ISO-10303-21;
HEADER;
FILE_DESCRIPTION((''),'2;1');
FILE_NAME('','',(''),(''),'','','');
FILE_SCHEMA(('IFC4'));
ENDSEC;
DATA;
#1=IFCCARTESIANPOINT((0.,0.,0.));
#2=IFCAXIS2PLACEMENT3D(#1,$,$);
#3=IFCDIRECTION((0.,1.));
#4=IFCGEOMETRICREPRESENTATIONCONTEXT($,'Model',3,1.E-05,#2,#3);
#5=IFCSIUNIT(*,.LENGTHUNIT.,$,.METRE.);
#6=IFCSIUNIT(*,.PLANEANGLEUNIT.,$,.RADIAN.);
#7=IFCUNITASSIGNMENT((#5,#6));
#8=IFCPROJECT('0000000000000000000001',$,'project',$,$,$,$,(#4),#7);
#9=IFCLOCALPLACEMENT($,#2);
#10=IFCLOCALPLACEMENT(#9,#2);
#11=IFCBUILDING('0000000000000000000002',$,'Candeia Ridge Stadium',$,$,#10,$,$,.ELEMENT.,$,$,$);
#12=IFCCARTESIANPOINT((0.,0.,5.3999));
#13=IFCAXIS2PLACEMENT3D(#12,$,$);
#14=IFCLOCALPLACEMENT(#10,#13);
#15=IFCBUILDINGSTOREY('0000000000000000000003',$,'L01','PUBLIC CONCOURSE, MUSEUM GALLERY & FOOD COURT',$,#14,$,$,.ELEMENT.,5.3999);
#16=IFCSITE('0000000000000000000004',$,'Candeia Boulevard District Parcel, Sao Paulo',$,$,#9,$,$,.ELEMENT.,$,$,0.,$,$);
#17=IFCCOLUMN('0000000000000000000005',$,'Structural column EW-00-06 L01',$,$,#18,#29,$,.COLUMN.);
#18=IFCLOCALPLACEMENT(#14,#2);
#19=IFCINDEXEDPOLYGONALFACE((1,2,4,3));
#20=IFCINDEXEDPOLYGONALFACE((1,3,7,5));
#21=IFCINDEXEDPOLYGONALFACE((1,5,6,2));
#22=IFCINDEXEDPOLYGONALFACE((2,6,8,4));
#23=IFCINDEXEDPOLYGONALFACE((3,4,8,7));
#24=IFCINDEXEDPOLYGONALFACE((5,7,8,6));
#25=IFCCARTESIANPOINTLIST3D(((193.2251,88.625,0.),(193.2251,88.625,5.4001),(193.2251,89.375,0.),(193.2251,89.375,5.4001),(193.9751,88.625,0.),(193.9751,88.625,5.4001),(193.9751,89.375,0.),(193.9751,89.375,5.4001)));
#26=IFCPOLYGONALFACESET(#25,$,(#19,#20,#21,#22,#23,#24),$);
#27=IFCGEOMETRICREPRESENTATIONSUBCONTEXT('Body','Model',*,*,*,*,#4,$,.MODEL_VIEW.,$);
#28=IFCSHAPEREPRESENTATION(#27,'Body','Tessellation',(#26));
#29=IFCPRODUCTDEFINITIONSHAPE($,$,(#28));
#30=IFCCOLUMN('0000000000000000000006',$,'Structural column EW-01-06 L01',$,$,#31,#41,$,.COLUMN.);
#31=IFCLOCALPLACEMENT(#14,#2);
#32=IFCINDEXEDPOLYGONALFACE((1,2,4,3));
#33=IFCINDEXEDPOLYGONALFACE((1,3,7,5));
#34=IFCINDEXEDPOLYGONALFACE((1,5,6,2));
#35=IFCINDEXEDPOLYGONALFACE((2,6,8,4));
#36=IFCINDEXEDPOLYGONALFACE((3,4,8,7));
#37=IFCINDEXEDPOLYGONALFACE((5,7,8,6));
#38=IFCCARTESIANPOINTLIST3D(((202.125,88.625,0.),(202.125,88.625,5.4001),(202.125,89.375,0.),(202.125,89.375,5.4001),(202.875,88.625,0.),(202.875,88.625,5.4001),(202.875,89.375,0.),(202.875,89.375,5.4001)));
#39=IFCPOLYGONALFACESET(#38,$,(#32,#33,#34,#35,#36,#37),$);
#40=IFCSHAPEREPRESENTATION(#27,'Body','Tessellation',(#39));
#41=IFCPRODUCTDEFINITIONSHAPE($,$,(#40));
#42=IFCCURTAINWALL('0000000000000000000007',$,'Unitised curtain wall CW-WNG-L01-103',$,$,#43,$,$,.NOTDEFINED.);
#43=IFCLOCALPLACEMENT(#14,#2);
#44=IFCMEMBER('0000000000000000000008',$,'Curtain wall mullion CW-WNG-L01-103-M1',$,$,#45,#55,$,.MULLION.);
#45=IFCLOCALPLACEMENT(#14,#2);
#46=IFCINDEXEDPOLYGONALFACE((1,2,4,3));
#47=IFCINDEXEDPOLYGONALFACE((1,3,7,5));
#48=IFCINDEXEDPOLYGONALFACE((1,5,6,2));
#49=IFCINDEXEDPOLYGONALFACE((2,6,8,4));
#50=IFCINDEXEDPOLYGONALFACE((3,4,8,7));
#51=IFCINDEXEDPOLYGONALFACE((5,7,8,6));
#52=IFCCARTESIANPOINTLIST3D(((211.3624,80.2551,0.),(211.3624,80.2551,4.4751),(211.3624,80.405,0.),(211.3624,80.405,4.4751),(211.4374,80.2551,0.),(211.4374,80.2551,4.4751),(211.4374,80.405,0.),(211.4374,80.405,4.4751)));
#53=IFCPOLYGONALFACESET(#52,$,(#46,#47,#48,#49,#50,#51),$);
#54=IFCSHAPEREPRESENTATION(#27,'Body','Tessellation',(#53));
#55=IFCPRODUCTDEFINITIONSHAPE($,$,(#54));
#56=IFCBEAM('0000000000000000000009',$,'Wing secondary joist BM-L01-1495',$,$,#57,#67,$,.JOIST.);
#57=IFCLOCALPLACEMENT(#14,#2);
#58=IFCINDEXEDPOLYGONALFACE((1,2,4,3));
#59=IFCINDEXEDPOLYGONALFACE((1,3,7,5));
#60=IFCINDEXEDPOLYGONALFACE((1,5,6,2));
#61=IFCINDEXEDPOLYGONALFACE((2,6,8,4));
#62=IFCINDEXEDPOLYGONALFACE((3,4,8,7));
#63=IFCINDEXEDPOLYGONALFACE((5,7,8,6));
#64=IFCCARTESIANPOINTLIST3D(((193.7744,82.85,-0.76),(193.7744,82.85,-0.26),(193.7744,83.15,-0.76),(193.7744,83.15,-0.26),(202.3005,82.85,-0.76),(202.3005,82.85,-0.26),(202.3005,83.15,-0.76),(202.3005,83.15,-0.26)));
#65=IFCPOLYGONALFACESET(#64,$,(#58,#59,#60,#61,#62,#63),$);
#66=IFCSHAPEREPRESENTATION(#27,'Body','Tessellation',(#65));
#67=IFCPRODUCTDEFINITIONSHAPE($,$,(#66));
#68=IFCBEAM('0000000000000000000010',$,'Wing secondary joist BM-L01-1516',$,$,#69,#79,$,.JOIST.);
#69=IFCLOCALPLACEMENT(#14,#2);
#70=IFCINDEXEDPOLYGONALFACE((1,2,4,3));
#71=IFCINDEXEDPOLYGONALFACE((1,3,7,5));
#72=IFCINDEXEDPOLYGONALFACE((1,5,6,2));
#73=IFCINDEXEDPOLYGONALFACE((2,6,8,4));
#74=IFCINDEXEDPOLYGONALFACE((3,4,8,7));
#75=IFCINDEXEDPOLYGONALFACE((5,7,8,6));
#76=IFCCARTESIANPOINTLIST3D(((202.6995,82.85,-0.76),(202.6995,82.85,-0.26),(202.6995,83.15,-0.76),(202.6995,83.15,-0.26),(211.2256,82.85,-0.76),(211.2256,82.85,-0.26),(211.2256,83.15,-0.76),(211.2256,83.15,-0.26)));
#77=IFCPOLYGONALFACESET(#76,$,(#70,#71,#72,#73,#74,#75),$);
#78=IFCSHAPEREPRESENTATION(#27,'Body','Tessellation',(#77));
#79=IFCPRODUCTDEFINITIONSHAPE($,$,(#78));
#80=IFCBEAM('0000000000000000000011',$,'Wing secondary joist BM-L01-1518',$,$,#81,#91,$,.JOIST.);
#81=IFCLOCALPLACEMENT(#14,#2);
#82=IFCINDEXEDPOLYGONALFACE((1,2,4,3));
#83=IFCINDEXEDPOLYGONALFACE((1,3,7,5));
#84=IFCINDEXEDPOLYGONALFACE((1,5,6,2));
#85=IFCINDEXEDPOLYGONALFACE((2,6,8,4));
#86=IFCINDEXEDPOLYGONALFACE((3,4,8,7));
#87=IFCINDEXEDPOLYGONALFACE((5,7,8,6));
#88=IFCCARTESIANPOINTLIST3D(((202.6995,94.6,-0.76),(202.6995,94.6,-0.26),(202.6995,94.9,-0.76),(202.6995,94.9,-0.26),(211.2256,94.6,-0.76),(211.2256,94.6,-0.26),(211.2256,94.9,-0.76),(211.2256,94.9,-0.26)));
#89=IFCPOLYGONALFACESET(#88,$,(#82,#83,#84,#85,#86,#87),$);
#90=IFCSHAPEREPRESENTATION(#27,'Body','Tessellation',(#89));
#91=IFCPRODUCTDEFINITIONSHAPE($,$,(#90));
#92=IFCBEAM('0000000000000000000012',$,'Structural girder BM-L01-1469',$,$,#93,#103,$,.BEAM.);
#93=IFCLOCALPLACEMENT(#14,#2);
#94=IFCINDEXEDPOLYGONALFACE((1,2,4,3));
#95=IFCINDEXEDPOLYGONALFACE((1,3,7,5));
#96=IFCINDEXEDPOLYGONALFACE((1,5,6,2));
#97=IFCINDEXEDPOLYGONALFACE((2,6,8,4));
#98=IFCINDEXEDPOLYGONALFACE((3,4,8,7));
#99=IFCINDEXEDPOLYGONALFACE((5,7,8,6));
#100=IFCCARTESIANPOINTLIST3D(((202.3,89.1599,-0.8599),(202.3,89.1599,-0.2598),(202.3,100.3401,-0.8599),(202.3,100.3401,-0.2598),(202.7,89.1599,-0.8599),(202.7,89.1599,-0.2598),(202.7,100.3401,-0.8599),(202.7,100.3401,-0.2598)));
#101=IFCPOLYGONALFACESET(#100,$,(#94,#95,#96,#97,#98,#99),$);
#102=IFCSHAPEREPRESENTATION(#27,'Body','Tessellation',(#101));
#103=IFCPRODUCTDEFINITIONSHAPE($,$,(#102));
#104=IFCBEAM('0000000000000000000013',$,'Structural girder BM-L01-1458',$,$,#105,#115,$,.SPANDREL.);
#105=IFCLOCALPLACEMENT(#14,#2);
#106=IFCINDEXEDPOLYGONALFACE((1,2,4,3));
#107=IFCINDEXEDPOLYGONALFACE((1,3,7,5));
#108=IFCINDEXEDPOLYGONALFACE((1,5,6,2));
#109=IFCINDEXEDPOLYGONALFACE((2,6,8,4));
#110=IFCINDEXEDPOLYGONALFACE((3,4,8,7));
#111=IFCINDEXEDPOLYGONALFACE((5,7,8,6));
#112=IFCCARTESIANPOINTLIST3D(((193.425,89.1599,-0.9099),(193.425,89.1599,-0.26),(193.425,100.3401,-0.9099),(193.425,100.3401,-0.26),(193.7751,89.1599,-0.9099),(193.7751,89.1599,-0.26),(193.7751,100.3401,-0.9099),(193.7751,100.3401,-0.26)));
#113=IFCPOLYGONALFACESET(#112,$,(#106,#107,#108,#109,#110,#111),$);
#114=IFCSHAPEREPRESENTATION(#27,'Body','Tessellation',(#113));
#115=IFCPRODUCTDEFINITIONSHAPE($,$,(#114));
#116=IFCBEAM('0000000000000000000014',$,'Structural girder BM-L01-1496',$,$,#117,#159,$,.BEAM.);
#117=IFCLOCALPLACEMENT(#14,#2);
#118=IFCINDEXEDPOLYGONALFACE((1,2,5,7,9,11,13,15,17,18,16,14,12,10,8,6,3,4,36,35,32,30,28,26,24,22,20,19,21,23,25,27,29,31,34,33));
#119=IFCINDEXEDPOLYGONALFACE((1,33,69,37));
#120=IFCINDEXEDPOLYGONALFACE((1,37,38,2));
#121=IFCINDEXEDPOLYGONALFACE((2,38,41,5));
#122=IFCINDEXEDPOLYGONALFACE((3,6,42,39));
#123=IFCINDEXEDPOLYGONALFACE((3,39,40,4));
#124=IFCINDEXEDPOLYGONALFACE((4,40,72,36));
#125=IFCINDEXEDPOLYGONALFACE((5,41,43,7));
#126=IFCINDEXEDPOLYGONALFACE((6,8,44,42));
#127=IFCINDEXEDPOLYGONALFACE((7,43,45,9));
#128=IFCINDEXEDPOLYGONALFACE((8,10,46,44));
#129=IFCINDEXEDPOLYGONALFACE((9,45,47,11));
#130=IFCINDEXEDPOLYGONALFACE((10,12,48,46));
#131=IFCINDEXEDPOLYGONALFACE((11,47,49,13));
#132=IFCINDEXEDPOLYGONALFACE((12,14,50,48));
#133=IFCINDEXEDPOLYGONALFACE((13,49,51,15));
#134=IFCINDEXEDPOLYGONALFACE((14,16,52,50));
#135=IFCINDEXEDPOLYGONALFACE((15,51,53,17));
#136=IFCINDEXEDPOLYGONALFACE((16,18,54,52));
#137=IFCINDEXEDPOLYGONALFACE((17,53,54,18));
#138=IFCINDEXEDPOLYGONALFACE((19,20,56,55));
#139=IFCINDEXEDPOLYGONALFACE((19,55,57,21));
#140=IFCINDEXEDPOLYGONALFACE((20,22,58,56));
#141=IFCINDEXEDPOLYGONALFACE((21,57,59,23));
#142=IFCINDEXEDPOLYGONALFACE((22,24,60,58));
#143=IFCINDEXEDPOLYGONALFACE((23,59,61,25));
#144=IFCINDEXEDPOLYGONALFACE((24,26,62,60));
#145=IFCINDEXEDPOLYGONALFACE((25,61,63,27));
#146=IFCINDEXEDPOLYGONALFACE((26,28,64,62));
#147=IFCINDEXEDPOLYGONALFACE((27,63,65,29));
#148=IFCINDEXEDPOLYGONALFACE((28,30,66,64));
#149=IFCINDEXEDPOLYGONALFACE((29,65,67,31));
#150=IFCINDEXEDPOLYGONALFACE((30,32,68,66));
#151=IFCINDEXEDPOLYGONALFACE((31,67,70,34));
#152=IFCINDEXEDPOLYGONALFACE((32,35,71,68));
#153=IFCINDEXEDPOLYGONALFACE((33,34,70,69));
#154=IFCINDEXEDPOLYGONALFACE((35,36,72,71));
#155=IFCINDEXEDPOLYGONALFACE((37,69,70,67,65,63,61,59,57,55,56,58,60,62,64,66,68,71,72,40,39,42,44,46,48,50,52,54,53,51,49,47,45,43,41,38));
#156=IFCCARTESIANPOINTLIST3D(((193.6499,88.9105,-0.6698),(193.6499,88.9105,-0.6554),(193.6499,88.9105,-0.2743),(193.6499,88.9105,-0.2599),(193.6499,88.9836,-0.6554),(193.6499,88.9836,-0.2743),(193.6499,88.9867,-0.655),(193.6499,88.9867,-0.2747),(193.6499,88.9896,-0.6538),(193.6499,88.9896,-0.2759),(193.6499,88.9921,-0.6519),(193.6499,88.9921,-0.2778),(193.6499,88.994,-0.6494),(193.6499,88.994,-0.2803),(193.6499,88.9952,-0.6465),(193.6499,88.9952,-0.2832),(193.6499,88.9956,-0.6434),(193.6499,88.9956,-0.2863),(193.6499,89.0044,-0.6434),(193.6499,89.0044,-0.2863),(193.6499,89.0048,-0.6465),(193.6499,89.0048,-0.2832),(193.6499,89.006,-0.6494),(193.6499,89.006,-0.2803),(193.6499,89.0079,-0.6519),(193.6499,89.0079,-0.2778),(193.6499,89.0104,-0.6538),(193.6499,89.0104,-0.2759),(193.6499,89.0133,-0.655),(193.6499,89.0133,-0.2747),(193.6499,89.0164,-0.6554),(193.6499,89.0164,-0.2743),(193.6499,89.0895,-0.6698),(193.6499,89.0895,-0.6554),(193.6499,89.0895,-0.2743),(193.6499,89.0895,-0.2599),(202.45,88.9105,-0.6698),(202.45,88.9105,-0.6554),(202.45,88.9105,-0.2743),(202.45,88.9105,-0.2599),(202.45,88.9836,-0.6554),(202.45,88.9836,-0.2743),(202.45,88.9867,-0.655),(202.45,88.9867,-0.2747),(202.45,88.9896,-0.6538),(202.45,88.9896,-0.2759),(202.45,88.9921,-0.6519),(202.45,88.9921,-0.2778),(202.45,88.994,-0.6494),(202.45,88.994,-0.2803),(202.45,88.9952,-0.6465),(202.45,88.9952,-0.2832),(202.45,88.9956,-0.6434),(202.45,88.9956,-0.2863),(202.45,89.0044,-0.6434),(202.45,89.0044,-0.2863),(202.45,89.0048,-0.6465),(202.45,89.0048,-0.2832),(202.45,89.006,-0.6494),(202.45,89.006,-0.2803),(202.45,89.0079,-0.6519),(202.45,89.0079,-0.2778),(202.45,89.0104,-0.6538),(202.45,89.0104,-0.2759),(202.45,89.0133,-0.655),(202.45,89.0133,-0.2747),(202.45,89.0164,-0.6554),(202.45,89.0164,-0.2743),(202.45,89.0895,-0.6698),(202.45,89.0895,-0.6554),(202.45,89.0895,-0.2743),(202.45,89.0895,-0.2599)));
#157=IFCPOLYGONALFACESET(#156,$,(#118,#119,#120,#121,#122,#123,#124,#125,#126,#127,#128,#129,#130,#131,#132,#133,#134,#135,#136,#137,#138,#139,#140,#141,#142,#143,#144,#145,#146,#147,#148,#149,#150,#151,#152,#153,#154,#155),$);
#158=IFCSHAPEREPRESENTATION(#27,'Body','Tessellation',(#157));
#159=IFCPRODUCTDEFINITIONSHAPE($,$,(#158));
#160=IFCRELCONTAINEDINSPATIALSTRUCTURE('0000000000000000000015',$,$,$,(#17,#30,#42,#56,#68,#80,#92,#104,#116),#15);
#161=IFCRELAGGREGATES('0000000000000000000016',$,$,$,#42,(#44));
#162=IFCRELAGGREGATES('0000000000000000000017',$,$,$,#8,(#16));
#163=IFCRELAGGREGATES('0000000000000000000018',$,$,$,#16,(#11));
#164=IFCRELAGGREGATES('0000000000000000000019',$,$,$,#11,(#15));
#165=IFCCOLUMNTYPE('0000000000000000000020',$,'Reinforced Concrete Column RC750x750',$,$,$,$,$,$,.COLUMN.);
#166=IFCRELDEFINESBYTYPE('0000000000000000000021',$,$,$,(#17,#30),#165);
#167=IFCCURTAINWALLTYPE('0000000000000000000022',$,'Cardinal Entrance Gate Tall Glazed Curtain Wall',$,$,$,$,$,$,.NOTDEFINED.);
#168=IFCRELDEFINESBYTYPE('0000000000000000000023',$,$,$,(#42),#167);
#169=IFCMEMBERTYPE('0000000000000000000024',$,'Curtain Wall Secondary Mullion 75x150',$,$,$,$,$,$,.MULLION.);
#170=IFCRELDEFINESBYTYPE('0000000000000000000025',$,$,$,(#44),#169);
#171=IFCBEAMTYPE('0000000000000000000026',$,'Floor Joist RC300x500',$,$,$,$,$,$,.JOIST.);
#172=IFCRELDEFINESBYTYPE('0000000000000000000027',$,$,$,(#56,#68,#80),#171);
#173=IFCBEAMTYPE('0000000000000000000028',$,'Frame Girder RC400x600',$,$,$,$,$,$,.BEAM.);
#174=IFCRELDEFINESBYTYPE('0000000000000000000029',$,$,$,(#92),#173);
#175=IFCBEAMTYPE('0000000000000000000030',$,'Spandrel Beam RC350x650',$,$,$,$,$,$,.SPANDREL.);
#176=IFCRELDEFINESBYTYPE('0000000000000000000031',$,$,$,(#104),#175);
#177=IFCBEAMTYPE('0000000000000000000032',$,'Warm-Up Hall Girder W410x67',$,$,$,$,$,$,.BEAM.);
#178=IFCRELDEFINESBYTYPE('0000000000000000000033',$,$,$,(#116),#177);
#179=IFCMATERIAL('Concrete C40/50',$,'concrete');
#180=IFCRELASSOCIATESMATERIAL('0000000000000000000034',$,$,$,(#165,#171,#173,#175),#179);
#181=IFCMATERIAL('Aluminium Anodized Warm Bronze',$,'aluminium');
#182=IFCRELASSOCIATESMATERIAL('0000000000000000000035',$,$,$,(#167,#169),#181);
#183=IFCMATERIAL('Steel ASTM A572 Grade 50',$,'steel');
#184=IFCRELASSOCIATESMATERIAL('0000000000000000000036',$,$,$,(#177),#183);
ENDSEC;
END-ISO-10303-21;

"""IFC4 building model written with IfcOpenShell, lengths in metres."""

from ifc_helpers import new_model, si_unit, direction, frame, origin, origin_2d, place, context, subcontext, project, spatial, rectangle, i_section, extrude, material, material_profile, profile_set, type_object, element, aggregate, save


model = new_model("IFC4")

# Units and contexts
model_context = context("Model", 3, precision=1e-05, world=origin(), true_north=direction((0.0, 1.0)))
body_context = subcontext(model_context, "Body", "Model", "MODEL_VIEW")
ifc_project = project(units=[si_unit("LENGTHUNIT", "METRE"), si_unit("PLANEANGLEUNIT", "RADIAN")], contexts=[model_context])

# Site, building, storey
site_placement = place(None, origin())
site = spatial("IfcSite", under=ifc_project, at=site_placement, Name="Candeia Boulevard District Parcel, Sao Paulo", CompositionType="ELEMENT", RefElevation=0.0)
building_placement = place(site_placement, origin())
building = spatial("IfcBuilding", under=site, at=building_placement, Name="Candeia Ridge Stadium", CompositionType="ELEMENT")
storey_placement = place(building_placement, frame((0.0, 0.0, 5.3999)))
storey = spatial("IfcBuildingStorey", under=building, at=storey_placement, Name="L01", Description="PUBLIC CONCOURSE, MUSEUM GALLERY & FOOD COURT", CompositionType="ELEMENT", Elevation=5.3999)

# Columns
ifc_material_1 = material(Name="Concrete C40/50", Category="concrete")
ifc_material_profile_1 = material_profile(ifc_material_1, rectangle(XDim=0.75, YDim=0.75, at=origin_2d()), Name="RC750x750", Category="concrete")
ifc_profile_set_1 = profile_set([ifc_material_profile_1], Name="Concrete C40/50")
column_type = type_object("IfcColumnType", Name="Reinforced Concrete Column RC750x750", PredefinedType="COLUMN", material=ifc_profile_set_1)
for number, where, z_axis, x_axis, name in (
    (1, (193.6001, 89.0, 0.0), (0.0, 0.0, 1.0), (1.0, 0.0, 0.0), "Structural column EW-00-06 L01"),
    (2, (202.5, 89.0, 0.0), (0.0, 0.0, 1.0), (1.0, 0.0, 0.0), "Structural column EW-01-06 L01"),
):
    element("IfcColumn", number, at=place(storey_placement, frame(where, z_axis=z_axis, x_axis=x_axis)), inside=storey, type_object=column_type, Name=name, PredefinedType="COLUMN", context=body_context, shape_type="SweptSolid", body=[
        extrude(rectangle(XDim=0.75, YDim=0.75, at=origin_2d()), origin(), (0.0, 0.0, 1.0), 5.4001),
    ])

# Curtain wall, member
ifc_material_2 = material(Name="Aluminium Anodized Warm Bronze", Category="aluminium")
curtain_wall_type = type_object("IfcCurtainWallType", Name="Cardinal Entrance Gate Tall Glazed Curtain Wall", PredefinedType="NOTDEFINED", material=ifc_material_2)
curtain_wall_placement = place(storey_placement, origin())
curtain_wall = element("IfcCurtainWall", 3, at=curtain_wall_placement, inside=storey, type_object=curtain_wall_type, Name="Unitised curtain wall CW-WNG-L01-103", PredefinedType="NOTDEFINED")
ifc_material_profile_2 = material_profile(ifc_material_2, rectangle(XDim=0.075, YDim=0.1499, at=origin_2d()), Name="CWM-75x150", Category="aluminium")
ifc_profile_set_2 = profile_set([ifc_material_profile_2], Name="Aluminium Anodized Warm Bronze")
member_type = type_object("IfcMemberType", Name="Curtain Wall Secondary Mullion 75x150", PredefinedType="MULLION", material=ifc_profile_set_2)
member_placement = place(storey_placement, frame((211.3999, 80.3301, 0.0), z_axis=(0.0, 0.0, 1.0), x_axis=(1.0, 0.0, 0.0)))
member = element("IfcMember", 4, at=member_placement, type_object=member_type, Name="Curtain wall mullion CW-WNG-L01-103-M1", PredefinedType="MULLION", context=body_context, shape_type="SweptSolid", body=[
    extrude(rectangle(XDim=0.075, YDim=0.1499, at=origin_2d()), origin(), (0.0, 0.0, 1.0), 4.4751),
])

# Beams
ifc_material_profile_3 = material_profile(ifc_material_1, rectangle(XDim=0.3, YDim=0.5, at=origin_2d()), Name="RC300x500", Category="concrete")
ifc_profile_set_3 = profile_set([ifc_material_profile_3], Name="Concrete C40/50")
beam_type_1 = type_object("IfcBeamType", Name="Floor Joist RC300x500", PredefinedType="JOIST", material=ifc_profile_set_3)
for number, where, z_axis, x_axis, name in (
    (5, (193.7744, 83.0, -0.51), (1.0, 0.0, 0.0), (0.0, 1.0, 0.0), "Wing secondary joist BM-L01-1495"),
    (6, (202.6995, 83.0, -0.51), (1.0, 0.0, 0.0), (0.0, 1.0, 0.0), "Wing secondary joist BM-L01-1516"),
    (7, (202.6995, 94.75, -0.51), (1.0, 0.0, 0.0), (0.0, 1.0, 0.0), "Wing secondary joist BM-L01-1518"),
):
    element("IfcBeam", number, at=place(storey_placement, frame(where, z_axis=z_axis, x_axis=x_axis)), inside=storey, type_object=beam_type_1, Name=name, PredefinedType="JOIST", context=body_context, shape_type="SweptSolid", body=[
        extrude(rectangle(XDim=0.3, YDim=0.5, at=origin_2d()), origin(), (0.0, 0.0, 1.0), 8.5261),
    ])
ifc_material_profile_4 = material_profile(ifc_material_1, rectangle(XDim=0.3999, YDim=0.6001, at=origin_2d()), Name="RC400x600", Category="concrete")
ifc_profile_set_4 = profile_set([ifc_material_profile_4], Name="Concrete C40/50")
beam_type_2 = type_object("IfcBeamType", Name="Frame Girder RC400x600", PredefinedType="BEAM", material=ifc_profile_set_4)
beam_1_placement = place(storey_placement, frame((202.5, 89.1599, -0.5598), z_axis=(0.0, 1.0, 0.0), x_axis=(-1.0, 0.0, 0.0)))
element("IfcBeam", 8, at=beam_1_placement, inside=storey, type_object=beam_type_2, Name="Structural girder BM-L01-1469", PredefinedType="BEAM", context=body_context, shape_type="SweptSolid", body=[
    extrude(rectangle(XDim=0.3999, YDim=0.6001, at=origin_2d()), origin(), (0.0, 0.0, 1.0), 11.1802),
])
ifc_material_profile_5 = material_profile(ifc_material_1, rectangle(XDim=0.3501, YDim=0.6499, at=origin_2d()), Name="RC350x650", Category="concrete")
ifc_profile_set_5 = profile_set([ifc_material_profile_5], Name="Concrete C40/50")
beam_type_3 = type_object("IfcBeamType", Name="Spandrel Beam RC350x650", PredefinedType="SPANDREL", material=ifc_profile_set_5)
beam_2_placement = place(storey_placement, frame((193.6001, 89.1599, -0.585), z_axis=(0.0, 1.0, 0.0), x_axis=(-1.0, 0.0, 0.0)))
element("IfcBeam", 9, at=beam_2_placement, inside=storey, type_object=beam_type_3, Name="Structural girder BM-L01-1458", PredefinedType="SPANDREL", context=body_context, shape_type="SweptSolid", body=[
    extrude(rectangle(XDim=0.3501, YDim=0.6499, at=origin_2d()), origin(), (0.0, 0.0, 1.0), 11.1802),
])
ifc_material_3 = material(Name="Steel ASTM A572 Grade 50", Category="steel")
ifc_material_profile_6 = material_profile(ifc_material_3, i_section(OverallWidth=0.179, OverallDepth=0.4099, WebThickness=0.0088, FlangeThickness=0.0144, FilletRadius=0.012, at=origin_2d()), Name="W410x67", Category="steel")
ifc_profile_set_6 = profile_set([ifc_material_profile_6], Name="Steel ASTM A572 Grade 50")
beam_type_4 = type_object("IfcBeamType", Name="Warm-Up Hall Girder W410x67", PredefinedType="BEAM", material=ifc_profile_set_6)
for number, where, z_axis, x_axis, name in (
    (10, (193.6499, 89.0, -0.4648), (1.0, 0.0, 0.0), (0.0, 1.0, 0.0), "Structural girder BM-L01-1496"),
):
    element("IfcBeam", number, at=place(storey_placement, frame(where, z_axis=z_axis, x_axis=x_axis)), inside=storey, type_object=beam_type_4, Name=name, PredefinedType="BEAM", context=body_context, shape_type="SweptSolid", body=[
        extrude(i_section(OverallWidth=0.179, OverallDepth=0.4099, WebThickness=0.0088, FlangeThickness=0.0144, FilletRadius=0.012, at=origin_2d()), origin(), (0.0, 0.0, 1.0), 8.8),
    ])

aggregate(curtain_wall, [member])

save(model, "model.ifc")
